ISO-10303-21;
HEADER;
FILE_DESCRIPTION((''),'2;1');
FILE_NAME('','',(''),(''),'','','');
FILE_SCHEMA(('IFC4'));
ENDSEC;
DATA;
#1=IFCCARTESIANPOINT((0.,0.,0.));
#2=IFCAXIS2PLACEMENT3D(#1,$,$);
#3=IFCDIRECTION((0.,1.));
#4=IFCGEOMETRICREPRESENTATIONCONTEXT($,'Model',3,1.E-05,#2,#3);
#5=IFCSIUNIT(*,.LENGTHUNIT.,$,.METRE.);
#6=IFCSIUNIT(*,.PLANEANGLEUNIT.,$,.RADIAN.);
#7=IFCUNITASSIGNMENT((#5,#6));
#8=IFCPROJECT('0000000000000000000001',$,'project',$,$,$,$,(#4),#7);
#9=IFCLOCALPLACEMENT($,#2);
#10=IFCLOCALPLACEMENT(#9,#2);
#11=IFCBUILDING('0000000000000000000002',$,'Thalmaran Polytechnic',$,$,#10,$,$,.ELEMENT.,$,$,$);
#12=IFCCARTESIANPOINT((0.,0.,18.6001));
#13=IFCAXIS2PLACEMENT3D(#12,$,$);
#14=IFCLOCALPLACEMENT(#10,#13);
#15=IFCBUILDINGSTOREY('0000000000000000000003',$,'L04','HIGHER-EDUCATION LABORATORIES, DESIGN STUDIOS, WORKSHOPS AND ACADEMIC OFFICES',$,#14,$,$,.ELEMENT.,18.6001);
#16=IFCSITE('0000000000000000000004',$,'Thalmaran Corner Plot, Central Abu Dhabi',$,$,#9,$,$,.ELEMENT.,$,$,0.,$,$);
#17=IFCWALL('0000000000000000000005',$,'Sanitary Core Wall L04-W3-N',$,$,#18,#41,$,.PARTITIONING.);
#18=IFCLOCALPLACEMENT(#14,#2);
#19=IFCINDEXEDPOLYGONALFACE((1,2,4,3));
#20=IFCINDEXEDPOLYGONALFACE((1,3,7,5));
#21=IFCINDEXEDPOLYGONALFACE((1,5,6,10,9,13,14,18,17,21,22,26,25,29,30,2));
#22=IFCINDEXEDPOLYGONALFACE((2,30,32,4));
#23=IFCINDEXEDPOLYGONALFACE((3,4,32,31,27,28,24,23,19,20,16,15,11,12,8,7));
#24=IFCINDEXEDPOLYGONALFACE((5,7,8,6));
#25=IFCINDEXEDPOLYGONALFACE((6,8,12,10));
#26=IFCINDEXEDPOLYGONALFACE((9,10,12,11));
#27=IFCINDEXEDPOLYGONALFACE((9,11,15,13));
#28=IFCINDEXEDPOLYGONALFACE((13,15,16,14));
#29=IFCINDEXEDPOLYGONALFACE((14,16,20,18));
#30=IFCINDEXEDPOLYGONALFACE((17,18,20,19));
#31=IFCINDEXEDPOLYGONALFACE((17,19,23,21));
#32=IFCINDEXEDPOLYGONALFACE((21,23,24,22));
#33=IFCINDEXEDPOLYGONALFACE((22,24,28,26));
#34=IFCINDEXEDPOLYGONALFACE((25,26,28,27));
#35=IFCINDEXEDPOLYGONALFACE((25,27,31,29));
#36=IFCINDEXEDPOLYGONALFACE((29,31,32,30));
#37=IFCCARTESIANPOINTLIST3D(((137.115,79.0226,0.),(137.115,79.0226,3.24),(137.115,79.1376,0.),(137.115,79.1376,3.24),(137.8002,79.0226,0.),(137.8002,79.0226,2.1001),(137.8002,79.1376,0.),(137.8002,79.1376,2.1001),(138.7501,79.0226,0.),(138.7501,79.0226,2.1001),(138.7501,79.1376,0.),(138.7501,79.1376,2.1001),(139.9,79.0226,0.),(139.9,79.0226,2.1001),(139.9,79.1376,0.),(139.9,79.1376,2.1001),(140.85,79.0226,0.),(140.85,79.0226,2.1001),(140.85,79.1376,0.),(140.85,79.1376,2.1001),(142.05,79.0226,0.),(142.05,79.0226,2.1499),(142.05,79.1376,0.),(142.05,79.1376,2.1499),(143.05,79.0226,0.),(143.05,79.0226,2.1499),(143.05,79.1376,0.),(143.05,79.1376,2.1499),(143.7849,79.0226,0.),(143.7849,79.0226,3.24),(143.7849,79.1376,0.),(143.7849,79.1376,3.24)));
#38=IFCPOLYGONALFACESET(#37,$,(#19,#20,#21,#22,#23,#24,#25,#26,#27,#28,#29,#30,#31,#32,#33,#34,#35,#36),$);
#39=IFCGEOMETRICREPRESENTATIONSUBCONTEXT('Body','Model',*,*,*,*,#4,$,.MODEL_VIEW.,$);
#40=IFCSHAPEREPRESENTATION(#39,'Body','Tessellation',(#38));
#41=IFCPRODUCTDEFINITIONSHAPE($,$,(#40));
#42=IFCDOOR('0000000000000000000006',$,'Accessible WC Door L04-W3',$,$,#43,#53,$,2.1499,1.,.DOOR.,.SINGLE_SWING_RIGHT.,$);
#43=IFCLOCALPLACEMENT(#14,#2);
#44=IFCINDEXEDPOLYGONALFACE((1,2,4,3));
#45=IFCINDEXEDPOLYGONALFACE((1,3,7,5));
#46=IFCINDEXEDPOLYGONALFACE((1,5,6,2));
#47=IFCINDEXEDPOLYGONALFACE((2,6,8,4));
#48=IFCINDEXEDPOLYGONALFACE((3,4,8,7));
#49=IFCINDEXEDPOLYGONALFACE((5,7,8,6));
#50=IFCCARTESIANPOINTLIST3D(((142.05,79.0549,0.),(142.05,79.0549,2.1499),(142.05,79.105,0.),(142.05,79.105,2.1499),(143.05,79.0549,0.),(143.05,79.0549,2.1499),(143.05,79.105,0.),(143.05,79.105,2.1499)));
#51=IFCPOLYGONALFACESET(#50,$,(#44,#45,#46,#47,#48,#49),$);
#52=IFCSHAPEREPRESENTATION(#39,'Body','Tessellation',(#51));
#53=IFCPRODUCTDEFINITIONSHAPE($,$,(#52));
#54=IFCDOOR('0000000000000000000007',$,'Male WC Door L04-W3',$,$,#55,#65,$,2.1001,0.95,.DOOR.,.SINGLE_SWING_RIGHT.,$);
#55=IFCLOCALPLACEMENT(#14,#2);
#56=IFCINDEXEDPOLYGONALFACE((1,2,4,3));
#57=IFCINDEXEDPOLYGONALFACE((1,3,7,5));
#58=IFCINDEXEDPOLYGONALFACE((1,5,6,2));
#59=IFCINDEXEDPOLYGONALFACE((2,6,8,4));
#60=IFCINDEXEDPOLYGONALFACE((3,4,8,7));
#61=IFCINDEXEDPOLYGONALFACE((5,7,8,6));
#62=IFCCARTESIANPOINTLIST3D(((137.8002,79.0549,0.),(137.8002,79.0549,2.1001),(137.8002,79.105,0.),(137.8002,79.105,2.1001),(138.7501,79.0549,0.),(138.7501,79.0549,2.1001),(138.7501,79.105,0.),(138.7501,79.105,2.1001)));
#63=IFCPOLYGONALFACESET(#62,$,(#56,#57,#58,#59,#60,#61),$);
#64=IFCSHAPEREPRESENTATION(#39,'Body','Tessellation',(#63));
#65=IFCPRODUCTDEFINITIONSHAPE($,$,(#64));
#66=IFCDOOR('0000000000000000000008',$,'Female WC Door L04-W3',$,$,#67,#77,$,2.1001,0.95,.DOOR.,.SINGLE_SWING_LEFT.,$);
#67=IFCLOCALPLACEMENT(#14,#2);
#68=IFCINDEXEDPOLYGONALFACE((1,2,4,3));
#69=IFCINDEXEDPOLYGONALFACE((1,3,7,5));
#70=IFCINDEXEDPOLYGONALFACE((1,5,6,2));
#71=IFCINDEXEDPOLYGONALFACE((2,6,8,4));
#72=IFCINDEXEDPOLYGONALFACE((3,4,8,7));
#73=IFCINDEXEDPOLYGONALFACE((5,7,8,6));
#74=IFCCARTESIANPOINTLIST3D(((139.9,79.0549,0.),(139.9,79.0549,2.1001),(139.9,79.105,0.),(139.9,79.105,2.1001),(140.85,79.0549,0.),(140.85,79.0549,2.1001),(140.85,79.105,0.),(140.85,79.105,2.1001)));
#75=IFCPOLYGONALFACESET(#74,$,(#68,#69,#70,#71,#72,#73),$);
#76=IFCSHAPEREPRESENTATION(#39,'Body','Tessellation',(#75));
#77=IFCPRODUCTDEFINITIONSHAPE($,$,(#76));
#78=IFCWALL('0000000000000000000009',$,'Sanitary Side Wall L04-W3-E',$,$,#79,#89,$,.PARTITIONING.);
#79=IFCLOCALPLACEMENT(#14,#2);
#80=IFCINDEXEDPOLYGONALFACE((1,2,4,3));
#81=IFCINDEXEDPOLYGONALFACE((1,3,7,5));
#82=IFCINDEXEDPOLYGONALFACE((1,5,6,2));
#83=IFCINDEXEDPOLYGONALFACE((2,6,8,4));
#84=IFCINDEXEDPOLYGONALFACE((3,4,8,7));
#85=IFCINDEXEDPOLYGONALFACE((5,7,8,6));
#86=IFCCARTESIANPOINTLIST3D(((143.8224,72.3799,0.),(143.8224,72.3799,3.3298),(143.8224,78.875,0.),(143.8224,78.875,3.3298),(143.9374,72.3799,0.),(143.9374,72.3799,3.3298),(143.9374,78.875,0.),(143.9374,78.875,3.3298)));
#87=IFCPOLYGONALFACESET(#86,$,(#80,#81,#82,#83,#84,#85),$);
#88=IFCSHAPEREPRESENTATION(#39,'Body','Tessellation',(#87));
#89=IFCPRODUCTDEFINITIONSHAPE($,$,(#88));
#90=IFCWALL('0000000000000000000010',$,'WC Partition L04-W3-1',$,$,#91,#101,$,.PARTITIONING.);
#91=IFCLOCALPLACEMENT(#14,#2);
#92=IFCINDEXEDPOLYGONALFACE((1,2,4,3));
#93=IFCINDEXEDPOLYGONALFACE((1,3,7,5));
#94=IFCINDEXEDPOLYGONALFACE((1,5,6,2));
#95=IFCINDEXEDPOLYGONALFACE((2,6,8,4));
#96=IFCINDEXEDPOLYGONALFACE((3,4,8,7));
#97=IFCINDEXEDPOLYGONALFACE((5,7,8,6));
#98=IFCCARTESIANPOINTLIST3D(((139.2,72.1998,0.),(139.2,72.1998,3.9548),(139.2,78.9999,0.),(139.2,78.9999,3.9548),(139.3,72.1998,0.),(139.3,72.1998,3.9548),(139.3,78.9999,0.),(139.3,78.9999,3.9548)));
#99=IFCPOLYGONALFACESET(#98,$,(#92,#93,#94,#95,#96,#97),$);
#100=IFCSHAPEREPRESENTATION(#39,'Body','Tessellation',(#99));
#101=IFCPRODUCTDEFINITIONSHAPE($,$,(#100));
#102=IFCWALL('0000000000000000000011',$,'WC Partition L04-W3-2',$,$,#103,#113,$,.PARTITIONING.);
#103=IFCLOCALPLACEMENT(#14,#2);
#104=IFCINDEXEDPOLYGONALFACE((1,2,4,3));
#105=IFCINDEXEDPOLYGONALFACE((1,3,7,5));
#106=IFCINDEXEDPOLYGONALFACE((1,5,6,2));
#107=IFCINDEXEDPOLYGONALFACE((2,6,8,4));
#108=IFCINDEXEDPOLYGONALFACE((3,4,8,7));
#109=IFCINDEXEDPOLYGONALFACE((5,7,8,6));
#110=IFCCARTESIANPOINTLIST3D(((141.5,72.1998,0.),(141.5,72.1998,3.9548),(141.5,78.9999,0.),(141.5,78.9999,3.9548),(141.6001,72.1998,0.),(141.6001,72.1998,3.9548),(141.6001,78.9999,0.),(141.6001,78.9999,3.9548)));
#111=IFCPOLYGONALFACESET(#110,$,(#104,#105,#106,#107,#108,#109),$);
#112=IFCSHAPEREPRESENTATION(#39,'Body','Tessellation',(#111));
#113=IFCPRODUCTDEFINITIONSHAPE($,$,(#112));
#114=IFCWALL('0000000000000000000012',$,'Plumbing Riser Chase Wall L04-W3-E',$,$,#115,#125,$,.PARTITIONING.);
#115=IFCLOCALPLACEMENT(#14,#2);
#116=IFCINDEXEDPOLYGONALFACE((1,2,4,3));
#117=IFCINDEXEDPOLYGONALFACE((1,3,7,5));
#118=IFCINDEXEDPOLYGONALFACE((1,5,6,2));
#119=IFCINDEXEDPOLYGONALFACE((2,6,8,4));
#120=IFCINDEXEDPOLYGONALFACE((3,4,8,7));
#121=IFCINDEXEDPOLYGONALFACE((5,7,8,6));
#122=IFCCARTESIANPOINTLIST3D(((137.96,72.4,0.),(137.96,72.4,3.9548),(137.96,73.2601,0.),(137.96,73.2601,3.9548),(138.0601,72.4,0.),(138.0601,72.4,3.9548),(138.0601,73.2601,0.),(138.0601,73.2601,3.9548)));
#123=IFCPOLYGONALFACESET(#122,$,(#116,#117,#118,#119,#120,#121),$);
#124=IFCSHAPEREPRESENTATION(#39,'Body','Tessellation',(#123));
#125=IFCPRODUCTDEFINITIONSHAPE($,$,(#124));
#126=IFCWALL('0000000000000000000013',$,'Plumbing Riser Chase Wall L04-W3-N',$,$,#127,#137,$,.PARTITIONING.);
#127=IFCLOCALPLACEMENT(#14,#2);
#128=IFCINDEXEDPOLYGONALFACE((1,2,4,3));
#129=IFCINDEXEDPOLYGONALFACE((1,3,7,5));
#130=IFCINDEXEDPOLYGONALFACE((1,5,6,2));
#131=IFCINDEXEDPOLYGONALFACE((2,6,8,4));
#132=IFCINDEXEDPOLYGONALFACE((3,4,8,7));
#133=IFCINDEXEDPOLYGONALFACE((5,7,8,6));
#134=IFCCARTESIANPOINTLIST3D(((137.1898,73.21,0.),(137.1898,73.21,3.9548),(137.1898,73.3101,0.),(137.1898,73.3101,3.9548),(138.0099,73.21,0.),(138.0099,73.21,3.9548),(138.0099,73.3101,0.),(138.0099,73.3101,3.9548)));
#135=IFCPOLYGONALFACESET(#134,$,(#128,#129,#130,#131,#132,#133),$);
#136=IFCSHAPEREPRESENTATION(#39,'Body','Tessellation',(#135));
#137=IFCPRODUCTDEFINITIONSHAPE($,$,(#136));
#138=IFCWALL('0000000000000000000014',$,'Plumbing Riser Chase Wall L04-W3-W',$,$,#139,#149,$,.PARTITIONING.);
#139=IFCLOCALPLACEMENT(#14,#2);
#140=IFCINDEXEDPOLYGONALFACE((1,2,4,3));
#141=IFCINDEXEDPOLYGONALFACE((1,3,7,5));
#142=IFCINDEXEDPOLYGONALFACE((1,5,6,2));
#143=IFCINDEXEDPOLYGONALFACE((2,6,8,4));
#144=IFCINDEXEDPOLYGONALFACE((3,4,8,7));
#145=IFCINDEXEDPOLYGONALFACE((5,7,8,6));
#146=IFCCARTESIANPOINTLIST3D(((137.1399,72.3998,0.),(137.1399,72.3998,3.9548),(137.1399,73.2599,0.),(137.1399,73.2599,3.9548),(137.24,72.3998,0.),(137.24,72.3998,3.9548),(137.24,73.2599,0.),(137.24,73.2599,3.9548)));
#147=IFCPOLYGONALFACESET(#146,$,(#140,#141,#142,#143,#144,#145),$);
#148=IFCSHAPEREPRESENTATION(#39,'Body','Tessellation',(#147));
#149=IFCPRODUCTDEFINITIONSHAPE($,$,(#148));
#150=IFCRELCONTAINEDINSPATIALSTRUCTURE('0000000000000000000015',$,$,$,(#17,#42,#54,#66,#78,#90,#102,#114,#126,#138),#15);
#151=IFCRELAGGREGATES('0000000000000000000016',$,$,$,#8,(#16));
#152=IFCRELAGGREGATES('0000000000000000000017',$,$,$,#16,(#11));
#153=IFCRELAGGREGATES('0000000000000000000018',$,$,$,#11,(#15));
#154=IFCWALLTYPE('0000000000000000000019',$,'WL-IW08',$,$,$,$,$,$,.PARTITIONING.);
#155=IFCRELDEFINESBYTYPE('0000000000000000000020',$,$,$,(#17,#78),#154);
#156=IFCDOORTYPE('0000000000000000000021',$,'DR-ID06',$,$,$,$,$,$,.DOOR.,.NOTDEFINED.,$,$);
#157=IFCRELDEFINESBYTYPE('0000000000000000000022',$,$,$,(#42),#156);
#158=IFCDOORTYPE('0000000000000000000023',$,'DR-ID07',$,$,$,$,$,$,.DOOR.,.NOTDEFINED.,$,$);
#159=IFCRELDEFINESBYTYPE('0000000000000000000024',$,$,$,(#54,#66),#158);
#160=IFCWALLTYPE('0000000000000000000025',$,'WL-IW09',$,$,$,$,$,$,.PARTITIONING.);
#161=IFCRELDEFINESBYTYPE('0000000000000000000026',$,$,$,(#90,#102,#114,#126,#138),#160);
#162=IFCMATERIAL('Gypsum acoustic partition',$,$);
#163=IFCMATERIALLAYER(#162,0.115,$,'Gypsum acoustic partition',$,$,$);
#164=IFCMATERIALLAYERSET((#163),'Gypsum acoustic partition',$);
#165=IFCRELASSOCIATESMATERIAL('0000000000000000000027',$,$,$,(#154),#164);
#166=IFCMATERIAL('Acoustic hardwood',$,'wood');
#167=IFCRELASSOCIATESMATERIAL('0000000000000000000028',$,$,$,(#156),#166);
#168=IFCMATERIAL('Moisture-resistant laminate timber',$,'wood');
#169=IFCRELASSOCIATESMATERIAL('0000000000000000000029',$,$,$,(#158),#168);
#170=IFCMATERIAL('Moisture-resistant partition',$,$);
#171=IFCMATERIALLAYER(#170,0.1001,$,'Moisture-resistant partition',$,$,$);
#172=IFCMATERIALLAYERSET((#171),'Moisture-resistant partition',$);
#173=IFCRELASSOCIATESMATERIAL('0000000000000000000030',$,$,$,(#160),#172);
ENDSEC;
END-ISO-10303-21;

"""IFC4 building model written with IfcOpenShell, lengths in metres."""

from ifc_helpers import new_model, si_unit, direction, frame, frame_2d, origin, place, context, subcontext, project, spatial, rectangle, extrude, material, layer, layer_set, type_object, element, fill, save


model = new_model("IFC4")

# Units and contexts
model_context = context("Model", 3, precision=1e-05, world=origin(), true_north=direction((0.0, 1.0)))
body_context = subcontext(model_context, "Body", "Model", "MODEL_VIEW")
ifc_project = project(units=[si_unit("LENGTHUNIT", "METRE"), si_unit("PLANEANGLEUNIT", "RADIAN")], contexts=[model_context])

# Site, building, storey
site_placement = place(None, origin())
site = spatial("IfcSite", under=ifc_project, at=site_placement, Name="Thalmaran Corner Plot, Central Abu Dhabi", CompositionType="ELEMENT", RefElevation=0.0)
building_placement = place(site_placement, origin())
building = spatial("IfcBuilding", under=site, at=building_placement, Name="Thalmaran Polytechnic", CompositionType="ELEMENT")
storey_placement = place(building_placement, frame((0.0, 0.0, 18.6001)))
storey = spatial("IfcBuildingStorey", under=building, at=storey_placement, Name="L04", Description="HIGHER-EDUCATION LABORATORIES, DESIGN STUDIOS, WORKSHOPS AND ACADEMIC OFFICES", CompositionType="ELEMENT", Elevation=18.6001)

# Wall, openings, doors
ifc_material_1 = material(Name="Gypsum acoustic partition")
ifc_layer_1 = layer(ifc_material_1, 0.115, Name="Gypsum acoustic partition")
ifc_layer_set_1 = layer_set([ifc_layer_1], Name="Gypsum acoustic partition")
wall_type_1 = type_object("IfcWallType", Name="WL-IW08", PredefinedType="PARTITIONING", material=ifc_layer_set_1)
wall_1_placement = place(storey_placement, frame((137.115, 79.0801, 0.0), z_axis=(0.0, 0.0, 1.0), x_axis=(1.0, 0.0, 0.0)))
wall_1 = element("IfcWall", 1, at=wall_1_placement, inside=storey, type_object=wall_type_1, Name="Sanitary Core Wall L04-W3-N", PredefinedType="PARTITIONING", context=body_context, shape_type="SweptSolid", body=[
    extrude(rectangle(XDim=6.6699, YDim=0.115, at=frame_2d((3.335, 0.0))), origin(), (0.0, 0.0, 1.0), 3.24),
])
opening_1_placement = place(wall_1_placement, frame((0.6851, 0.0, 0.0)))
opening_1 = element("IfcOpeningElement", 2, at=opening_1_placement, cuts=wall_1, PredefinedType="OPENING", context=body_context, shape_type="SweptSolid", body=[
    extrude(rectangle(XDim=0.95, YDim=2.1001, at=frame_2d((0.4751, 1.05))), frame((0.0, 0.0674, 0.0), z_axis=(0.0, -1.0, 0.0), x_axis=(1.0, 0.0, 0.0)), (0.0, 0.0, 1.0), 0.135),
])
opening_2_placement = place(wall_1_placement, frame((2.7849, 0.0, 0.0)))
opening_2 = element("IfcOpeningElement", 3, at=opening_2_placement, cuts=wall_1, PredefinedType="OPENING", context=body_context, shape_type="SweptSolid", body=[
    extrude(rectangle(XDim=0.95, YDim=2.1001, at=frame_2d((0.4751, 1.05))), frame((0.0, 0.0674, 0.0), z_axis=(0.0, -1.0, 0.0), x_axis=(1.0, 0.0, 0.0)), (0.0, 0.0, 1.0), 0.135),
])
opening_3_placement = place(wall_1_placement, frame((4.9351, 0.0, 0.0)))
opening_3 = element("IfcOpeningElement", 4, at=opening_3_placement, cuts=wall_1, PredefinedType="OPENING", context=body_context, shape_type="SweptSolid", body=[
    extrude(rectangle(XDim=1.0, YDim=2.1499, at=frame_2d((0.5, 1.075))), frame((0.0, 0.0674, 0.0), z_axis=(0.0, -1.0, 0.0), x_axis=(1.0, 0.0, 0.0)), (0.0, 0.0, 1.0), 0.135),
])
ifc_material_2 = material(Name="Acoustic hardwood", Category="wood")
door_type_1 = type_object("IfcDoorType", Name="DR-ID06", OperationType="NOTDEFINED", PredefinedType="DOOR", material=ifc_material_2)
door_1_placement = place(opening_3_placement, origin())
door_1 = element("IfcDoor", 5, at=door_1_placement, inside=storey, type_object=door_type_1, Name="Accessible WC Door L04-W3", OperationType="SINGLE_SWING_RIGHT", OverallHeight=2.1499, OverallWidth=1.0, PredefinedType="DOOR", context=body_context, shape_type="SweptSolid", body=[
    extrude(rectangle(XDim=1.0, YDim=2.1499, at=frame_2d((0.5, 1.075))), frame((0.0, 0.0249, 0.0), z_axis=(0.0, -1.0, 0.0), x_axis=(1.0, 0.0, 0.0)), (0.0, 0.0, 1.0), 0.05),
])
fill(opening_3, door_1)
ifc_material_3 = material(Name="Moisture-resistant laminate timber", Category="wood")
door_type_2 = type_object("IfcDoorType", Name="DR-ID07", OperationType="NOTDEFINED", PredefinedType="DOOR", material=ifc_material_3)
door_2_placement = place(opening_1_placement, origin())
door_2 = element("IfcDoor", 6, at=door_2_placement, inside=storey, type_object=door_type_2, Name="Male WC Door L04-W3", OperationType="SINGLE_SWING_RIGHT", OverallHeight=2.1001, OverallWidth=0.95, PredefinedType="DOOR", context=body_context, shape_type="SweptSolid", body=[
    extrude(rectangle(XDim=0.95, YDim=2.1001, at=frame_2d((0.4751, 1.05))), frame((0.0, 0.0249, 0.0), z_axis=(0.0, -1.0, 0.0), x_axis=(1.0, 0.0, 0.0)), (0.0, 0.0, 1.0), 0.05),
])
fill(opening_1, door_2)
door_3_placement = place(opening_2_placement, origin())
door_3 = element("IfcDoor", 7, at=door_3_placement, inside=storey, type_object=door_type_2, Name="Female WC Door L04-W3", OperationType="SINGLE_SWING_LEFT", OverallHeight=2.1001, OverallWidth=0.95, PredefinedType="DOOR", context=body_context, shape_type="SweptSolid", body=[
    extrude(rectangle(XDim=0.95, YDim=2.1001, at=frame_2d((0.4751, 1.05))), frame((0.0, 0.0249, 0.0), z_axis=(0.0, -1.0, 0.0), x_axis=(1.0, 0.0, 0.0)), (0.0, 0.0, 1.0), 0.05),
])
fill(opening_2, door_3)

# Walls
wall_2_placement = place(storey_placement, frame((143.8799, 72.3799, 0.0), z_axis=(0.0, 0.0, 1.0), x_axis=(0.0, 1.0, 0.0)))
element("IfcWall", 8, at=wall_2_placement, inside=storey, type_object=wall_type_1, Name="Sanitary Side Wall L04-W3-E", PredefinedType="PARTITIONING", context=body_context, shape_type="SweptSolid", body=[
    extrude(rectangle(XDim=6.4951, YDim=0.115, at=frame_2d((3.2476, 0.0))), origin(), (0.0, 0.0, 1.0), 3.3298),
])
ifc_material_4 = material(Name="Moisture-resistant partition")
ifc_layer_2 = layer(ifc_material_4, 0.1001, Name="Moisture-resistant partition")
ifc_layer_set_2 = layer_set([ifc_layer_2], Name="Moisture-resistant partition")
wall_type_2 = type_object("IfcWallType", Name="WL-IW09", PredefinedType="PARTITIONING", material=ifc_layer_set_2)
for number, where, z_axis, x_axis, name in (
    (9, (139.25, 72.2, 0.0), (0.0, 0.0, 1.0), (0.0, 1.0, 0.0), "WC Partition L04-W3-1"),
    (10, (141.55, 72.2, 0.0), (0.0, 0.0, 1.0), (0.0, 1.0, 0.0), "WC Partition L04-W3-2"),
):
    element("IfcWall", number, at=place(storey_placement, frame(where, z_axis=z_axis, x_axis=x_axis)), inside=storey, type_object=wall_type_2, Name=name, PredefinedType="PARTITIONING", context=body_context, shape_type="SweptSolid", body=[
        extrude(rectangle(XDim=6.8, YDim=0.1001, at=frame_2d((3.3999, 0.0))), origin(), (0.0, 0.0, 1.0), 3.9548),
    ])
wall_3_placement = place(storey_placement, frame((138.01, 72.3999, 0.0), z_axis=(0.0, 0.0, 1.0), x_axis=(0.0, 1.0, 0.0)))
element("IfcWall", 11, at=wall_3_placement, inside=storey, type_object=wall_type_2, Name="Plumbing Riser Chase Wall L04-W3-E", PredefinedType="PARTITIONING", context=body_context, shape_type="SweptSolid", body=[
    extrude(rectangle(XDim=0.8601, YDim=0.1001, at=frame_2d((0.4302, 0.0))), origin(), (0.0, 0.0, 1.0), 3.9548),
])
wall_4_placement = place(storey_placement, frame((138.01, 73.26, 0.0), z_axis=(0.0, 0.0, 1.0), x_axis=(-1.0, 0.0, 0.0)))
element("IfcWall", 12, at=wall_4_placement, inside=storey, type_object=wall_type_2, Name="Plumbing Riser Chase Wall L04-W3-N", PredefinedType="PARTITIONING", context=body_context, shape_type="SweptSolid", body=[
    extrude(rectangle(XDim=0.8201, YDim=0.1001, at=frame_2d((0.4102, 0.0))), origin(), (0.0, 0.0, 1.0), 3.9548),
])
wall_5_placement = place(storey_placement, frame((137.1899, 73.26, 0.0), z_axis=(0.0, 0.0, 1.0), x_axis=(0.0, -1.0, 0.0)))
element("IfcWall", 13, at=wall_5_placement, inside=storey, type_object=wall_type_2, Name="Plumbing Riser Chase Wall L04-W3-W", PredefinedType="PARTITIONING", context=body_context, shape_type="SweptSolid", body=[
    extrude(rectangle(XDim=0.8601, YDim=0.1001, at=frame_2d((0.4302, 0.0))), origin(), (0.0, 0.0, 1.0), 3.9548),
])

save(model, "model.ifc")
